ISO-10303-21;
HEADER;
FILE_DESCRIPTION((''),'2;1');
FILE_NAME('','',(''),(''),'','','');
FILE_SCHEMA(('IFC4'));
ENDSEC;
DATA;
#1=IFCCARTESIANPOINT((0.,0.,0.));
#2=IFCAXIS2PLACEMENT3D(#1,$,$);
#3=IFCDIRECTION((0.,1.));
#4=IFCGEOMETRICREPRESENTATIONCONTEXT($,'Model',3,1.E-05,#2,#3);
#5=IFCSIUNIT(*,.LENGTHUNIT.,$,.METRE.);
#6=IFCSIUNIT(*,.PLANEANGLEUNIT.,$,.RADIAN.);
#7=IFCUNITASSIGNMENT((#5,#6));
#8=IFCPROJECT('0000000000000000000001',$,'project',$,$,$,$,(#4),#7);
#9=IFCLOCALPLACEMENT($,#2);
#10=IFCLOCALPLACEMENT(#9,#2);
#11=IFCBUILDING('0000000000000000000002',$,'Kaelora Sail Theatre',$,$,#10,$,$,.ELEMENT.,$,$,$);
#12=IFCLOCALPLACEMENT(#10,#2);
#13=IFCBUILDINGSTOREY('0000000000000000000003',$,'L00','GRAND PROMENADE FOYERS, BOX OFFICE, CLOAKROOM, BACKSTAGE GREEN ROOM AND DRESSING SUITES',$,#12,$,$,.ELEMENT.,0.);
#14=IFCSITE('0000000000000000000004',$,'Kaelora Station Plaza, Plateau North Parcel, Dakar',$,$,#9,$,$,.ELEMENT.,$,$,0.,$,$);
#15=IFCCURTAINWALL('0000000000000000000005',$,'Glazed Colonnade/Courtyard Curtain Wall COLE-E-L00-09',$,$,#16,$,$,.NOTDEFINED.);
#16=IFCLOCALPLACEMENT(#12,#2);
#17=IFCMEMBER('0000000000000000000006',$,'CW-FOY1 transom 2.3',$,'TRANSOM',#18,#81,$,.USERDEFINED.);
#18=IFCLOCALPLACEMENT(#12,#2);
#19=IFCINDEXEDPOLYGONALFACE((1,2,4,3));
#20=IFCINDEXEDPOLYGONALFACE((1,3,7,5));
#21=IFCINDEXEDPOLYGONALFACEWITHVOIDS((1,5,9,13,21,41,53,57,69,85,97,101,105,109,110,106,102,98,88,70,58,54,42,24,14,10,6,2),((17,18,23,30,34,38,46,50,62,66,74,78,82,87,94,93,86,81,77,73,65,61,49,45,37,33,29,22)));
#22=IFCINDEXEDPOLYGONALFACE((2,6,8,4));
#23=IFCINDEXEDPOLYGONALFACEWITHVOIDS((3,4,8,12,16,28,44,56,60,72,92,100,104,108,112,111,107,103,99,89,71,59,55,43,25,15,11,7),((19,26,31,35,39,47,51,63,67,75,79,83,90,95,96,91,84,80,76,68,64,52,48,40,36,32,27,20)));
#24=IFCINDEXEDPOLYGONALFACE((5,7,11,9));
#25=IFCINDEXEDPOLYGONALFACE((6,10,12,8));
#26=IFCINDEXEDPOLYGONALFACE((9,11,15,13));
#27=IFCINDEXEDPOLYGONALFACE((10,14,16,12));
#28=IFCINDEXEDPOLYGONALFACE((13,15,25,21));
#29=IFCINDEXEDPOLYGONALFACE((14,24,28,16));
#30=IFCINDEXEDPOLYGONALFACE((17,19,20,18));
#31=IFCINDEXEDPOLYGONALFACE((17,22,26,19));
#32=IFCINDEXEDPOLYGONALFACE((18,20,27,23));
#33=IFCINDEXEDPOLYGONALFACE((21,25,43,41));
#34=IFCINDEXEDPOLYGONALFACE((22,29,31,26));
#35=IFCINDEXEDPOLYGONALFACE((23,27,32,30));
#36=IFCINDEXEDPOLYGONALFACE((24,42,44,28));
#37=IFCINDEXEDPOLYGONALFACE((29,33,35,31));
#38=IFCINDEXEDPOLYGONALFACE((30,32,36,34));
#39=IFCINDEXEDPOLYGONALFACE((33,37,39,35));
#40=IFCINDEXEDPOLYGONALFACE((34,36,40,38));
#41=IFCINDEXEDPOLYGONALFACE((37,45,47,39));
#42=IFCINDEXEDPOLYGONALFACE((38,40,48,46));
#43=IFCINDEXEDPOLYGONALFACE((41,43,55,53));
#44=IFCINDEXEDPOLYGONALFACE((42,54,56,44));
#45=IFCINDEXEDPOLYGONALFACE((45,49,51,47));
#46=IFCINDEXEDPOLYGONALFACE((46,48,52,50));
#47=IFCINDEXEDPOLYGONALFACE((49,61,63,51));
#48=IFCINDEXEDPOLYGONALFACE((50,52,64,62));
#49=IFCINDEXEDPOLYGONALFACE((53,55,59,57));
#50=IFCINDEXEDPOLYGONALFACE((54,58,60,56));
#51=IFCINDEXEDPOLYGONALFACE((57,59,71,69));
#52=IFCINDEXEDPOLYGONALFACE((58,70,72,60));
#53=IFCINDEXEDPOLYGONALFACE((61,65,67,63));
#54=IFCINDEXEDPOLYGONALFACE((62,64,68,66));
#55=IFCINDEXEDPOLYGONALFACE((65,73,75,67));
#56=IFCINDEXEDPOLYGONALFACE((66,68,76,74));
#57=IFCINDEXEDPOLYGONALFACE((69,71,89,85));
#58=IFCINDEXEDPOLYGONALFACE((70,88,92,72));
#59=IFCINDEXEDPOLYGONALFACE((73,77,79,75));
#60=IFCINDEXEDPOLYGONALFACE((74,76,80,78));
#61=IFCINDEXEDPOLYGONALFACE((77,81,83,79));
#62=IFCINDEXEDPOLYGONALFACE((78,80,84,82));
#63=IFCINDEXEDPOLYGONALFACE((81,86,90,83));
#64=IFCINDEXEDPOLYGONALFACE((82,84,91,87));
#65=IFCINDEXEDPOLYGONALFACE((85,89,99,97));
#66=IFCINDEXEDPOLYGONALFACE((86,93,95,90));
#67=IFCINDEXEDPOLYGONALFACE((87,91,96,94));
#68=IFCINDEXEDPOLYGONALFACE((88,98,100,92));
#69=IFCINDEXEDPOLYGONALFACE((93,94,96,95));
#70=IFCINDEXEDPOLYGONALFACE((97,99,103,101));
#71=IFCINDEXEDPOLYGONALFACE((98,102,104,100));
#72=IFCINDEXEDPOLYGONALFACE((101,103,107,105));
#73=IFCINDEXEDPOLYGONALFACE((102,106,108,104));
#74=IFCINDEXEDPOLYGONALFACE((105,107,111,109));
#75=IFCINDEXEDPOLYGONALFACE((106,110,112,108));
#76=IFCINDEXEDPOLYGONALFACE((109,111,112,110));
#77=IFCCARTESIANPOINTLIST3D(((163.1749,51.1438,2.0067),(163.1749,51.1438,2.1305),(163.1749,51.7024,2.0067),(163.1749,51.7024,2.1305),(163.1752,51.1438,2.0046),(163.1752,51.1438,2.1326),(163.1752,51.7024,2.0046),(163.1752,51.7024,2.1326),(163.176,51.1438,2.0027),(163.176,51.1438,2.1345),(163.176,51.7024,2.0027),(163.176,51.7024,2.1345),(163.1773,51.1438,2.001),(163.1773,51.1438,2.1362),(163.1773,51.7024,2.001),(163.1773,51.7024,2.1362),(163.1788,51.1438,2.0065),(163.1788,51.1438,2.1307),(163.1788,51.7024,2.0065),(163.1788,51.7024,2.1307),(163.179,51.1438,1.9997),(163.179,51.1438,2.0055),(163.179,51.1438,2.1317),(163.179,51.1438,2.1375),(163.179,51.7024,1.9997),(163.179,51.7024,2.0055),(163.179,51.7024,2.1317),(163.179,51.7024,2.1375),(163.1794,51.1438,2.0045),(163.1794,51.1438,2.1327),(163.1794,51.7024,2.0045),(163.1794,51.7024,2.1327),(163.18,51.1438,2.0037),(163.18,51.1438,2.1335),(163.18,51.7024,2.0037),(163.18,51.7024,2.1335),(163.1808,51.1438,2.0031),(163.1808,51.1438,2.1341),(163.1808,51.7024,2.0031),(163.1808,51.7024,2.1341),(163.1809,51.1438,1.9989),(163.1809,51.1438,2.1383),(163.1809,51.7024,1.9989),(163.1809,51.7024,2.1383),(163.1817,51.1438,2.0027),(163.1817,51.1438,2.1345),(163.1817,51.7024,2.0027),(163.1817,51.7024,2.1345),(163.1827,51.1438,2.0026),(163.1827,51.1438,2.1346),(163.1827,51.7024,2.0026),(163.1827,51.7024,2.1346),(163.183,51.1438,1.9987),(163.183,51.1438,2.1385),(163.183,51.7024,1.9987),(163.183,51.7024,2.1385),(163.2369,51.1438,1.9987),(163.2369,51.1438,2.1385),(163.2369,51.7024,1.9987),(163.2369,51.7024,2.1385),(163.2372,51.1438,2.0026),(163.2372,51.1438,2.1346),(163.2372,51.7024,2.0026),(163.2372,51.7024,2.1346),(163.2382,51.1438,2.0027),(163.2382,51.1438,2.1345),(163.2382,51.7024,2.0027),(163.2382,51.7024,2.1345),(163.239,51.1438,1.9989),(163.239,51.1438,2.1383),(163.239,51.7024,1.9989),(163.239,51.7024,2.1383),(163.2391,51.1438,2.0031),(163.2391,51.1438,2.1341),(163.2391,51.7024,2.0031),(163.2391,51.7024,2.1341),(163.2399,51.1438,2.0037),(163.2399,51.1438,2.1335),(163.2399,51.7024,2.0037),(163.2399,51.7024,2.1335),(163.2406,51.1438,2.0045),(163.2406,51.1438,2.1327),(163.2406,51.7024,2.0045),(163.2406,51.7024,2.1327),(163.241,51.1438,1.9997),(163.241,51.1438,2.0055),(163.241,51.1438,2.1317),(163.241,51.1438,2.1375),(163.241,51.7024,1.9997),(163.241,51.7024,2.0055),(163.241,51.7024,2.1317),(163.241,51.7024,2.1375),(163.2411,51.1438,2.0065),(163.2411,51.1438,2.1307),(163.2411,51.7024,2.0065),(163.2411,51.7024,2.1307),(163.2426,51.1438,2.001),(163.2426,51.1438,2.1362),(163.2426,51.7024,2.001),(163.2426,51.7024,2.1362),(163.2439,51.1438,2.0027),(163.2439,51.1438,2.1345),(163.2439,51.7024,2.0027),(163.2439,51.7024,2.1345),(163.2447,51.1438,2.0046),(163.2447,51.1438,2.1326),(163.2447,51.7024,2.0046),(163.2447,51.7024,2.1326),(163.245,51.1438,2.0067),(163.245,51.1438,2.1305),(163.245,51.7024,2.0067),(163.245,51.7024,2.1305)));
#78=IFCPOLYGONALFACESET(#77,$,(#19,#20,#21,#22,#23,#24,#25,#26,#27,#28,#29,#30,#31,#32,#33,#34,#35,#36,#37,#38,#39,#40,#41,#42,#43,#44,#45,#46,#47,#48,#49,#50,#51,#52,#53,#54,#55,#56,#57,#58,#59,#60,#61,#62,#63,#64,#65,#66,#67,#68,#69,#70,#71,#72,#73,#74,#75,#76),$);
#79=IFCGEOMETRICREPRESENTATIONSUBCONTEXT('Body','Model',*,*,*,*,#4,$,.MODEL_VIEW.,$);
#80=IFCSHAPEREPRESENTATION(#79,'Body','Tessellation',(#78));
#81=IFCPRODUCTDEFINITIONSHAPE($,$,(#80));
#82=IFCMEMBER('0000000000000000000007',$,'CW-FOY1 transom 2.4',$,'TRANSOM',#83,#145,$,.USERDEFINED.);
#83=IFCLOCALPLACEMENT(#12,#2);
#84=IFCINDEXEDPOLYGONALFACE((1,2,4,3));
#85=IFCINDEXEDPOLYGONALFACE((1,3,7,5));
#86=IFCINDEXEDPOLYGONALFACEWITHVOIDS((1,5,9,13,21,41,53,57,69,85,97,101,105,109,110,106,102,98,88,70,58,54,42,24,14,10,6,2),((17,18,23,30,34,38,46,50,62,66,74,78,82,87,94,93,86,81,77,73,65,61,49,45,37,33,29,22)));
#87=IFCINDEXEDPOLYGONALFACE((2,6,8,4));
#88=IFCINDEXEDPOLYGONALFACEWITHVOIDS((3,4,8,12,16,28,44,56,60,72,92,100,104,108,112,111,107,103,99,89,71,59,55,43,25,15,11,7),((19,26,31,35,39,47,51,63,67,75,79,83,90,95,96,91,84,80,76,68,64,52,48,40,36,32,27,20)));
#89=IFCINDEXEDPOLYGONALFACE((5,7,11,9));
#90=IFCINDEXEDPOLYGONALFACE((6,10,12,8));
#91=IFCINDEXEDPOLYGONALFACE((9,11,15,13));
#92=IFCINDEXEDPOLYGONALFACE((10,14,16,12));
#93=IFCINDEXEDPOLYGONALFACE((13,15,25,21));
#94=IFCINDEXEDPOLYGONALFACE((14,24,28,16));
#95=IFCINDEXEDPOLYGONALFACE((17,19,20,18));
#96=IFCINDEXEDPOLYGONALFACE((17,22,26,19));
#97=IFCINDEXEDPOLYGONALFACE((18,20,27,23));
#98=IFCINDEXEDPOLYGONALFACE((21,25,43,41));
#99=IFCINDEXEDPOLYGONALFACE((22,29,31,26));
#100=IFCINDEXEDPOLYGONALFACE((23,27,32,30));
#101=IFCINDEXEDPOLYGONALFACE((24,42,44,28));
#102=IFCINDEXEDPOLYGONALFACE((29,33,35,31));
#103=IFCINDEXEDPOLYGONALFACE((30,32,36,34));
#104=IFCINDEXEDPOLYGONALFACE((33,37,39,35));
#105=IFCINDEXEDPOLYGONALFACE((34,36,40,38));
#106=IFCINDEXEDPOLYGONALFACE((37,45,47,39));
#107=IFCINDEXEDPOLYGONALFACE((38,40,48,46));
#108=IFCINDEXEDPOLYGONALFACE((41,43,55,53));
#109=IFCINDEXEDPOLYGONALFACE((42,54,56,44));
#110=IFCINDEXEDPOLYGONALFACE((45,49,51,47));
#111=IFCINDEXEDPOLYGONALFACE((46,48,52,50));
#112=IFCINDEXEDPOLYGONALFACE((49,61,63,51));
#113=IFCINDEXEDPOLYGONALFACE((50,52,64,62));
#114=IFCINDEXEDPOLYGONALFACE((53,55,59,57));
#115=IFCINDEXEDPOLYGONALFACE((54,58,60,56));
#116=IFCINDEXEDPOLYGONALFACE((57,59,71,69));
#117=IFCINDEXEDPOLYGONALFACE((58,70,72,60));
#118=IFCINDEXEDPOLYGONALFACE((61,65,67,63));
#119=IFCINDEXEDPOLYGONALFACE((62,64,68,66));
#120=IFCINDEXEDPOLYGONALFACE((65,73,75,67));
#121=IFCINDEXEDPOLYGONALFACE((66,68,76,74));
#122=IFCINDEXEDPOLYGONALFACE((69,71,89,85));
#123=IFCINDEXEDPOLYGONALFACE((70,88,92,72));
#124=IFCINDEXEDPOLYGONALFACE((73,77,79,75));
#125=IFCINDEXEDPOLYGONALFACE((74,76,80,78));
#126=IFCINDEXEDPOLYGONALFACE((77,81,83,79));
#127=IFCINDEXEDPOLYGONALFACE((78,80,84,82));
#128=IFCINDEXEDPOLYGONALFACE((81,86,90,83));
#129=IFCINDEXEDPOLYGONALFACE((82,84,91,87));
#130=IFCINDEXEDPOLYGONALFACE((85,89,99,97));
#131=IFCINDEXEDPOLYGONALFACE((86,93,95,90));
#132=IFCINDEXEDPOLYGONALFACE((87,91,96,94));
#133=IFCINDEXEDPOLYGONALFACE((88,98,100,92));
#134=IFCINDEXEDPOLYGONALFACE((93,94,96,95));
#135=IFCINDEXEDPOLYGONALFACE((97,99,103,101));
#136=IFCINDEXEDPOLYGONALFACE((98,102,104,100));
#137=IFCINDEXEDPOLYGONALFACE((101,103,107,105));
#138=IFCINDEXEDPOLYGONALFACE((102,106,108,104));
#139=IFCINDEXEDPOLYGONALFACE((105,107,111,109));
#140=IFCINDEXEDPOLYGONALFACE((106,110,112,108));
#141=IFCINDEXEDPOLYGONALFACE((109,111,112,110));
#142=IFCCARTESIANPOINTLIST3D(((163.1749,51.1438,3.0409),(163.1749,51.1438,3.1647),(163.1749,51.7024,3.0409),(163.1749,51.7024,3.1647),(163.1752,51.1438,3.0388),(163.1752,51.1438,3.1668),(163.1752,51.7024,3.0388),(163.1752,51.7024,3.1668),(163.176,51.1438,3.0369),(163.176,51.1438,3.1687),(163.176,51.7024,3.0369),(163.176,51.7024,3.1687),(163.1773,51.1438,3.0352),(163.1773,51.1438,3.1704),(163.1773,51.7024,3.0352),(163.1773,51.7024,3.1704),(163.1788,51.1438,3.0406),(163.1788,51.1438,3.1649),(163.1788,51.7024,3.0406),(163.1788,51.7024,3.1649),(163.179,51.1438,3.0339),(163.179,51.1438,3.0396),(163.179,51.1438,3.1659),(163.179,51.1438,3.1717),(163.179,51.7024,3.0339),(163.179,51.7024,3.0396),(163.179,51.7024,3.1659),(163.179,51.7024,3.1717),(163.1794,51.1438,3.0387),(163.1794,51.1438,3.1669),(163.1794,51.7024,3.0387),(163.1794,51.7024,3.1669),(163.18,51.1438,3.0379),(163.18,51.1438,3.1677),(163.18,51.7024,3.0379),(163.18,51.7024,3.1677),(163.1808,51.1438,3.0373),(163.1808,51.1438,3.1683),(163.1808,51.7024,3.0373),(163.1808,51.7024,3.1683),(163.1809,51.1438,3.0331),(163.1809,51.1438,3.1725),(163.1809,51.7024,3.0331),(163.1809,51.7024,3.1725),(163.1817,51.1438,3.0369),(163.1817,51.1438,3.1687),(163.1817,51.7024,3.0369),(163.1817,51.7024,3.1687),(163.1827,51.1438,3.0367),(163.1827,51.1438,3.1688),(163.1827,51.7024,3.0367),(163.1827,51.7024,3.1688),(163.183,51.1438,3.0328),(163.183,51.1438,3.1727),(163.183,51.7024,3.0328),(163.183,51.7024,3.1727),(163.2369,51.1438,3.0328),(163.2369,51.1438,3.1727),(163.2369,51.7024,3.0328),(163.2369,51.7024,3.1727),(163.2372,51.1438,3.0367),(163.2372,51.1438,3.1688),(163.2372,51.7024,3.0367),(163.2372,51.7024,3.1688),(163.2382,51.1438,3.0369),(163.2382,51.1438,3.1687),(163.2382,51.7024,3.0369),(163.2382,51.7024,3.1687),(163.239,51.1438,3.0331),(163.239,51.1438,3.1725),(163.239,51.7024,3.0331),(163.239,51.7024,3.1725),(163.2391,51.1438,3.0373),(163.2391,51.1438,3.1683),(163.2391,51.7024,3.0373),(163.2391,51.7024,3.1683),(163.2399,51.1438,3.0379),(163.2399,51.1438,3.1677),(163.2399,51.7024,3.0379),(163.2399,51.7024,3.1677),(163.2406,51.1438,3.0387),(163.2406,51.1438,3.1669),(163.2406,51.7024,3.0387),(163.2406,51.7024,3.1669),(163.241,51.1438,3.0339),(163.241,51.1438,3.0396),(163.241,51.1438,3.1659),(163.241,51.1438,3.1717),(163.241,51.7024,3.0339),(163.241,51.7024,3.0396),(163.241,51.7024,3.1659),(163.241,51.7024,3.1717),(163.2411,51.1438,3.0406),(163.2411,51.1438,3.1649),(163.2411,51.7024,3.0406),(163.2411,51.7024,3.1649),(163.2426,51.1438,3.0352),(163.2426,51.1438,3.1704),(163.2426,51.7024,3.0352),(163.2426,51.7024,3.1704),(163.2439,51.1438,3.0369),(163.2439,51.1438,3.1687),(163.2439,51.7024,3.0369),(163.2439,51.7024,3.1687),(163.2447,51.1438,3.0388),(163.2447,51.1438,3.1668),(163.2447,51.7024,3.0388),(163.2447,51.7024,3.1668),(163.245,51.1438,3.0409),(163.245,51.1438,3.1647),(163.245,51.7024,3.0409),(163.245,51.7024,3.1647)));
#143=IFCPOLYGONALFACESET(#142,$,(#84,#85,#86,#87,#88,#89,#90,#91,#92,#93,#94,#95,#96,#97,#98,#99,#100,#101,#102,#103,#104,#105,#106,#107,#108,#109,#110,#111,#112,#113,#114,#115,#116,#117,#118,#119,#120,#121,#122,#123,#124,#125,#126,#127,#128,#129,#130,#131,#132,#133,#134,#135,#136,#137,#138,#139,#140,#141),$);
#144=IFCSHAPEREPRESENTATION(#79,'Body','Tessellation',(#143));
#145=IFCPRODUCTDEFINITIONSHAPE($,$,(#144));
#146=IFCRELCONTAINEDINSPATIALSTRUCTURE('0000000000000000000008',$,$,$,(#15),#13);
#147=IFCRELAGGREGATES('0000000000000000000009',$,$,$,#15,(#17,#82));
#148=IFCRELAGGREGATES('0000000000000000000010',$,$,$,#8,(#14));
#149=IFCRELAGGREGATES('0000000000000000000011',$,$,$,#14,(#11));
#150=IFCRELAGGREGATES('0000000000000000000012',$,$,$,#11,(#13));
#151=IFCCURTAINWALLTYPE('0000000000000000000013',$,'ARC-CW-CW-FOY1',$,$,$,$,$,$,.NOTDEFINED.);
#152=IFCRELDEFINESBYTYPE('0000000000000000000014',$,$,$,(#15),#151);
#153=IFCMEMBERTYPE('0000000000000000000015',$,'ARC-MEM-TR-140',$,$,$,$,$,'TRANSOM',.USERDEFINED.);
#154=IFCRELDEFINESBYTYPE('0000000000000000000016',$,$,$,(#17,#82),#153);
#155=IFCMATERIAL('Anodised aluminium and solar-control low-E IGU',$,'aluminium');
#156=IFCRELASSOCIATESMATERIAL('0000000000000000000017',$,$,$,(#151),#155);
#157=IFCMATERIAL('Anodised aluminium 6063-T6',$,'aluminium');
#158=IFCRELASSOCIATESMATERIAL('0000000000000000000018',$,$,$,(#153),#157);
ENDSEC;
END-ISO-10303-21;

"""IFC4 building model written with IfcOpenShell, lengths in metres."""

from ifc_helpers import new_model, si_unit, direction, frame, origin, origin_2d, place, context, subcontext, project, spatial, hollow_rectangle, extrude, material, material_profile, profile_set, type_object, element, aggregate, save


model = new_model("IFC4")

# Units and contexts
model_context = context("Model", 3, precision=1e-05, world=origin(), true_north=direction((0.0, 1.0)))
body_context = subcontext(model_context, "Body", "Model", "MODEL_VIEW")
ifc_project = project(units=[si_unit("LENGTHUNIT", "METRE"), si_unit("PLANEANGLEUNIT", "RADIAN")], contexts=[model_context])

# Site, building, storey
site_placement = place(None, origin())
site = spatial("IfcSite", under=ifc_project, at=site_placement, Name="Kaelora Station Plaza, Plateau North Parcel, Dakar", CompositionType="ELEMENT", RefElevation=0.0)
building_placement = place(site_placement, origin())
building = spatial("IfcBuilding", under=site, at=building_placement, Name="Kaelora Sail Theatre", CompositionType="ELEMENT")
storey_placement = place(building_placement, origin())
storey = spatial("IfcBuildingStorey", under=building, at=storey_placement, Name="L00", Description="GRAND PROMENADE FOYERS, BOX OFFICE, CLOAKROOM, BACKSTAGE GREEN ROOM AND DRESSING SUITES", CompositionType="ELEMENT", Elevation=0.0)

# Curtain wall, members
ifc_material_1 = material(Name="Anodised aluminium and solar-control low-E IGU", Category="aluminium")
curtain_wall_type = type_object("IfcCurtainWallType", Name="ARC-CW-CW-FOY1", PredefinedType="NOTDEFINED", material=ifc_material_1)
curtain_wall_placement = place(storey_placement, origin())
curtain_wall = element("IfcCurtainWall", 1, at=curtain_wall_placement, inside=storey, type_object=curtain_wall_type, Name="Glazed Colonnade/Courtyard Curtain Wall COLE-E-L00-09", PredefinedType="NOTDEFINED")
ifc_material_2 = material(Name="Anodised aluminium 6063-T6", Category="aluminium")
ifc_material_profile_1 = material_profile(ifc_material_2, hollow_rectangle(XDim=0.0701, YDim=0.1399, WallThickness=0.0039, InnerFilletRadius=0.0039, OuterFilletRadius=0.0081, at=origin_2d()), Name="ALU-TRAN 70x140x4")
ifc_profile_set_1 = profile_set([ifc_material_profile_1], Name="Anodised aluminium 6063-T6")
member_type_1 = type_object("IfcMemberType", Name="ARC-MEM-TR-140", ElementType="TRANSOM", PredefinedType="USERDEFINED", material=ifc_profile_set_1)
member_1_placement = place(storey_placement, frame((163.21, 51.1438, 2.0686), z_axis=(0.0, 1.0, 0.0), x_axis=(-1.0, 0.0, 0.0)))
member_1 = element("IfcMember", 2, at=member_1_placement, type_object=member_type_1, Name="CW-FOY1 transom 2.3", ObjectType="TRANSOM", PredefinedType="USERDEFINED", context=body_context, shape_type="SweptSolid", body=[
    extrude(hollow_rectangle(XDim=0.0701, YDim=0.1399, WallThickness=0.0039, InnerFilletRadius=0.0039, OuterFilletRadius=0.0081, at=origin_2d()), origin(), (0.0, 0.0, 1.0), 0.5586),
])
member_2_placement = place(storey_placement, frame((163.21, 51.1438, 3.1028), z_axis=(0.0, 1.0, 0.0), x_axis=(-1.0, 0.0, 0.0)))
member_2 = element("IfcMember", 3, at=member_2_placement, type_object=member_type_1, Name="CW-FOY1 transom 2.4", ObjectType="TRANSOM", PredefinedType="USERDEFINED", context=body_context, shape_type="SweptSolid", body=[
    extrude(hollow_rectangle(XDim=0.0701, YDim=0.1399, WallThickness=0.0039, InnerFilletRadius=0.0039, OuterFilletRadius=0.0081, at=origin_2d()), origin(), (0.0, 0.0, 1.0), 0.5586),
])
aggregate(curtain_wall, [member_1, member_2])

save(model, "model.ifc")
